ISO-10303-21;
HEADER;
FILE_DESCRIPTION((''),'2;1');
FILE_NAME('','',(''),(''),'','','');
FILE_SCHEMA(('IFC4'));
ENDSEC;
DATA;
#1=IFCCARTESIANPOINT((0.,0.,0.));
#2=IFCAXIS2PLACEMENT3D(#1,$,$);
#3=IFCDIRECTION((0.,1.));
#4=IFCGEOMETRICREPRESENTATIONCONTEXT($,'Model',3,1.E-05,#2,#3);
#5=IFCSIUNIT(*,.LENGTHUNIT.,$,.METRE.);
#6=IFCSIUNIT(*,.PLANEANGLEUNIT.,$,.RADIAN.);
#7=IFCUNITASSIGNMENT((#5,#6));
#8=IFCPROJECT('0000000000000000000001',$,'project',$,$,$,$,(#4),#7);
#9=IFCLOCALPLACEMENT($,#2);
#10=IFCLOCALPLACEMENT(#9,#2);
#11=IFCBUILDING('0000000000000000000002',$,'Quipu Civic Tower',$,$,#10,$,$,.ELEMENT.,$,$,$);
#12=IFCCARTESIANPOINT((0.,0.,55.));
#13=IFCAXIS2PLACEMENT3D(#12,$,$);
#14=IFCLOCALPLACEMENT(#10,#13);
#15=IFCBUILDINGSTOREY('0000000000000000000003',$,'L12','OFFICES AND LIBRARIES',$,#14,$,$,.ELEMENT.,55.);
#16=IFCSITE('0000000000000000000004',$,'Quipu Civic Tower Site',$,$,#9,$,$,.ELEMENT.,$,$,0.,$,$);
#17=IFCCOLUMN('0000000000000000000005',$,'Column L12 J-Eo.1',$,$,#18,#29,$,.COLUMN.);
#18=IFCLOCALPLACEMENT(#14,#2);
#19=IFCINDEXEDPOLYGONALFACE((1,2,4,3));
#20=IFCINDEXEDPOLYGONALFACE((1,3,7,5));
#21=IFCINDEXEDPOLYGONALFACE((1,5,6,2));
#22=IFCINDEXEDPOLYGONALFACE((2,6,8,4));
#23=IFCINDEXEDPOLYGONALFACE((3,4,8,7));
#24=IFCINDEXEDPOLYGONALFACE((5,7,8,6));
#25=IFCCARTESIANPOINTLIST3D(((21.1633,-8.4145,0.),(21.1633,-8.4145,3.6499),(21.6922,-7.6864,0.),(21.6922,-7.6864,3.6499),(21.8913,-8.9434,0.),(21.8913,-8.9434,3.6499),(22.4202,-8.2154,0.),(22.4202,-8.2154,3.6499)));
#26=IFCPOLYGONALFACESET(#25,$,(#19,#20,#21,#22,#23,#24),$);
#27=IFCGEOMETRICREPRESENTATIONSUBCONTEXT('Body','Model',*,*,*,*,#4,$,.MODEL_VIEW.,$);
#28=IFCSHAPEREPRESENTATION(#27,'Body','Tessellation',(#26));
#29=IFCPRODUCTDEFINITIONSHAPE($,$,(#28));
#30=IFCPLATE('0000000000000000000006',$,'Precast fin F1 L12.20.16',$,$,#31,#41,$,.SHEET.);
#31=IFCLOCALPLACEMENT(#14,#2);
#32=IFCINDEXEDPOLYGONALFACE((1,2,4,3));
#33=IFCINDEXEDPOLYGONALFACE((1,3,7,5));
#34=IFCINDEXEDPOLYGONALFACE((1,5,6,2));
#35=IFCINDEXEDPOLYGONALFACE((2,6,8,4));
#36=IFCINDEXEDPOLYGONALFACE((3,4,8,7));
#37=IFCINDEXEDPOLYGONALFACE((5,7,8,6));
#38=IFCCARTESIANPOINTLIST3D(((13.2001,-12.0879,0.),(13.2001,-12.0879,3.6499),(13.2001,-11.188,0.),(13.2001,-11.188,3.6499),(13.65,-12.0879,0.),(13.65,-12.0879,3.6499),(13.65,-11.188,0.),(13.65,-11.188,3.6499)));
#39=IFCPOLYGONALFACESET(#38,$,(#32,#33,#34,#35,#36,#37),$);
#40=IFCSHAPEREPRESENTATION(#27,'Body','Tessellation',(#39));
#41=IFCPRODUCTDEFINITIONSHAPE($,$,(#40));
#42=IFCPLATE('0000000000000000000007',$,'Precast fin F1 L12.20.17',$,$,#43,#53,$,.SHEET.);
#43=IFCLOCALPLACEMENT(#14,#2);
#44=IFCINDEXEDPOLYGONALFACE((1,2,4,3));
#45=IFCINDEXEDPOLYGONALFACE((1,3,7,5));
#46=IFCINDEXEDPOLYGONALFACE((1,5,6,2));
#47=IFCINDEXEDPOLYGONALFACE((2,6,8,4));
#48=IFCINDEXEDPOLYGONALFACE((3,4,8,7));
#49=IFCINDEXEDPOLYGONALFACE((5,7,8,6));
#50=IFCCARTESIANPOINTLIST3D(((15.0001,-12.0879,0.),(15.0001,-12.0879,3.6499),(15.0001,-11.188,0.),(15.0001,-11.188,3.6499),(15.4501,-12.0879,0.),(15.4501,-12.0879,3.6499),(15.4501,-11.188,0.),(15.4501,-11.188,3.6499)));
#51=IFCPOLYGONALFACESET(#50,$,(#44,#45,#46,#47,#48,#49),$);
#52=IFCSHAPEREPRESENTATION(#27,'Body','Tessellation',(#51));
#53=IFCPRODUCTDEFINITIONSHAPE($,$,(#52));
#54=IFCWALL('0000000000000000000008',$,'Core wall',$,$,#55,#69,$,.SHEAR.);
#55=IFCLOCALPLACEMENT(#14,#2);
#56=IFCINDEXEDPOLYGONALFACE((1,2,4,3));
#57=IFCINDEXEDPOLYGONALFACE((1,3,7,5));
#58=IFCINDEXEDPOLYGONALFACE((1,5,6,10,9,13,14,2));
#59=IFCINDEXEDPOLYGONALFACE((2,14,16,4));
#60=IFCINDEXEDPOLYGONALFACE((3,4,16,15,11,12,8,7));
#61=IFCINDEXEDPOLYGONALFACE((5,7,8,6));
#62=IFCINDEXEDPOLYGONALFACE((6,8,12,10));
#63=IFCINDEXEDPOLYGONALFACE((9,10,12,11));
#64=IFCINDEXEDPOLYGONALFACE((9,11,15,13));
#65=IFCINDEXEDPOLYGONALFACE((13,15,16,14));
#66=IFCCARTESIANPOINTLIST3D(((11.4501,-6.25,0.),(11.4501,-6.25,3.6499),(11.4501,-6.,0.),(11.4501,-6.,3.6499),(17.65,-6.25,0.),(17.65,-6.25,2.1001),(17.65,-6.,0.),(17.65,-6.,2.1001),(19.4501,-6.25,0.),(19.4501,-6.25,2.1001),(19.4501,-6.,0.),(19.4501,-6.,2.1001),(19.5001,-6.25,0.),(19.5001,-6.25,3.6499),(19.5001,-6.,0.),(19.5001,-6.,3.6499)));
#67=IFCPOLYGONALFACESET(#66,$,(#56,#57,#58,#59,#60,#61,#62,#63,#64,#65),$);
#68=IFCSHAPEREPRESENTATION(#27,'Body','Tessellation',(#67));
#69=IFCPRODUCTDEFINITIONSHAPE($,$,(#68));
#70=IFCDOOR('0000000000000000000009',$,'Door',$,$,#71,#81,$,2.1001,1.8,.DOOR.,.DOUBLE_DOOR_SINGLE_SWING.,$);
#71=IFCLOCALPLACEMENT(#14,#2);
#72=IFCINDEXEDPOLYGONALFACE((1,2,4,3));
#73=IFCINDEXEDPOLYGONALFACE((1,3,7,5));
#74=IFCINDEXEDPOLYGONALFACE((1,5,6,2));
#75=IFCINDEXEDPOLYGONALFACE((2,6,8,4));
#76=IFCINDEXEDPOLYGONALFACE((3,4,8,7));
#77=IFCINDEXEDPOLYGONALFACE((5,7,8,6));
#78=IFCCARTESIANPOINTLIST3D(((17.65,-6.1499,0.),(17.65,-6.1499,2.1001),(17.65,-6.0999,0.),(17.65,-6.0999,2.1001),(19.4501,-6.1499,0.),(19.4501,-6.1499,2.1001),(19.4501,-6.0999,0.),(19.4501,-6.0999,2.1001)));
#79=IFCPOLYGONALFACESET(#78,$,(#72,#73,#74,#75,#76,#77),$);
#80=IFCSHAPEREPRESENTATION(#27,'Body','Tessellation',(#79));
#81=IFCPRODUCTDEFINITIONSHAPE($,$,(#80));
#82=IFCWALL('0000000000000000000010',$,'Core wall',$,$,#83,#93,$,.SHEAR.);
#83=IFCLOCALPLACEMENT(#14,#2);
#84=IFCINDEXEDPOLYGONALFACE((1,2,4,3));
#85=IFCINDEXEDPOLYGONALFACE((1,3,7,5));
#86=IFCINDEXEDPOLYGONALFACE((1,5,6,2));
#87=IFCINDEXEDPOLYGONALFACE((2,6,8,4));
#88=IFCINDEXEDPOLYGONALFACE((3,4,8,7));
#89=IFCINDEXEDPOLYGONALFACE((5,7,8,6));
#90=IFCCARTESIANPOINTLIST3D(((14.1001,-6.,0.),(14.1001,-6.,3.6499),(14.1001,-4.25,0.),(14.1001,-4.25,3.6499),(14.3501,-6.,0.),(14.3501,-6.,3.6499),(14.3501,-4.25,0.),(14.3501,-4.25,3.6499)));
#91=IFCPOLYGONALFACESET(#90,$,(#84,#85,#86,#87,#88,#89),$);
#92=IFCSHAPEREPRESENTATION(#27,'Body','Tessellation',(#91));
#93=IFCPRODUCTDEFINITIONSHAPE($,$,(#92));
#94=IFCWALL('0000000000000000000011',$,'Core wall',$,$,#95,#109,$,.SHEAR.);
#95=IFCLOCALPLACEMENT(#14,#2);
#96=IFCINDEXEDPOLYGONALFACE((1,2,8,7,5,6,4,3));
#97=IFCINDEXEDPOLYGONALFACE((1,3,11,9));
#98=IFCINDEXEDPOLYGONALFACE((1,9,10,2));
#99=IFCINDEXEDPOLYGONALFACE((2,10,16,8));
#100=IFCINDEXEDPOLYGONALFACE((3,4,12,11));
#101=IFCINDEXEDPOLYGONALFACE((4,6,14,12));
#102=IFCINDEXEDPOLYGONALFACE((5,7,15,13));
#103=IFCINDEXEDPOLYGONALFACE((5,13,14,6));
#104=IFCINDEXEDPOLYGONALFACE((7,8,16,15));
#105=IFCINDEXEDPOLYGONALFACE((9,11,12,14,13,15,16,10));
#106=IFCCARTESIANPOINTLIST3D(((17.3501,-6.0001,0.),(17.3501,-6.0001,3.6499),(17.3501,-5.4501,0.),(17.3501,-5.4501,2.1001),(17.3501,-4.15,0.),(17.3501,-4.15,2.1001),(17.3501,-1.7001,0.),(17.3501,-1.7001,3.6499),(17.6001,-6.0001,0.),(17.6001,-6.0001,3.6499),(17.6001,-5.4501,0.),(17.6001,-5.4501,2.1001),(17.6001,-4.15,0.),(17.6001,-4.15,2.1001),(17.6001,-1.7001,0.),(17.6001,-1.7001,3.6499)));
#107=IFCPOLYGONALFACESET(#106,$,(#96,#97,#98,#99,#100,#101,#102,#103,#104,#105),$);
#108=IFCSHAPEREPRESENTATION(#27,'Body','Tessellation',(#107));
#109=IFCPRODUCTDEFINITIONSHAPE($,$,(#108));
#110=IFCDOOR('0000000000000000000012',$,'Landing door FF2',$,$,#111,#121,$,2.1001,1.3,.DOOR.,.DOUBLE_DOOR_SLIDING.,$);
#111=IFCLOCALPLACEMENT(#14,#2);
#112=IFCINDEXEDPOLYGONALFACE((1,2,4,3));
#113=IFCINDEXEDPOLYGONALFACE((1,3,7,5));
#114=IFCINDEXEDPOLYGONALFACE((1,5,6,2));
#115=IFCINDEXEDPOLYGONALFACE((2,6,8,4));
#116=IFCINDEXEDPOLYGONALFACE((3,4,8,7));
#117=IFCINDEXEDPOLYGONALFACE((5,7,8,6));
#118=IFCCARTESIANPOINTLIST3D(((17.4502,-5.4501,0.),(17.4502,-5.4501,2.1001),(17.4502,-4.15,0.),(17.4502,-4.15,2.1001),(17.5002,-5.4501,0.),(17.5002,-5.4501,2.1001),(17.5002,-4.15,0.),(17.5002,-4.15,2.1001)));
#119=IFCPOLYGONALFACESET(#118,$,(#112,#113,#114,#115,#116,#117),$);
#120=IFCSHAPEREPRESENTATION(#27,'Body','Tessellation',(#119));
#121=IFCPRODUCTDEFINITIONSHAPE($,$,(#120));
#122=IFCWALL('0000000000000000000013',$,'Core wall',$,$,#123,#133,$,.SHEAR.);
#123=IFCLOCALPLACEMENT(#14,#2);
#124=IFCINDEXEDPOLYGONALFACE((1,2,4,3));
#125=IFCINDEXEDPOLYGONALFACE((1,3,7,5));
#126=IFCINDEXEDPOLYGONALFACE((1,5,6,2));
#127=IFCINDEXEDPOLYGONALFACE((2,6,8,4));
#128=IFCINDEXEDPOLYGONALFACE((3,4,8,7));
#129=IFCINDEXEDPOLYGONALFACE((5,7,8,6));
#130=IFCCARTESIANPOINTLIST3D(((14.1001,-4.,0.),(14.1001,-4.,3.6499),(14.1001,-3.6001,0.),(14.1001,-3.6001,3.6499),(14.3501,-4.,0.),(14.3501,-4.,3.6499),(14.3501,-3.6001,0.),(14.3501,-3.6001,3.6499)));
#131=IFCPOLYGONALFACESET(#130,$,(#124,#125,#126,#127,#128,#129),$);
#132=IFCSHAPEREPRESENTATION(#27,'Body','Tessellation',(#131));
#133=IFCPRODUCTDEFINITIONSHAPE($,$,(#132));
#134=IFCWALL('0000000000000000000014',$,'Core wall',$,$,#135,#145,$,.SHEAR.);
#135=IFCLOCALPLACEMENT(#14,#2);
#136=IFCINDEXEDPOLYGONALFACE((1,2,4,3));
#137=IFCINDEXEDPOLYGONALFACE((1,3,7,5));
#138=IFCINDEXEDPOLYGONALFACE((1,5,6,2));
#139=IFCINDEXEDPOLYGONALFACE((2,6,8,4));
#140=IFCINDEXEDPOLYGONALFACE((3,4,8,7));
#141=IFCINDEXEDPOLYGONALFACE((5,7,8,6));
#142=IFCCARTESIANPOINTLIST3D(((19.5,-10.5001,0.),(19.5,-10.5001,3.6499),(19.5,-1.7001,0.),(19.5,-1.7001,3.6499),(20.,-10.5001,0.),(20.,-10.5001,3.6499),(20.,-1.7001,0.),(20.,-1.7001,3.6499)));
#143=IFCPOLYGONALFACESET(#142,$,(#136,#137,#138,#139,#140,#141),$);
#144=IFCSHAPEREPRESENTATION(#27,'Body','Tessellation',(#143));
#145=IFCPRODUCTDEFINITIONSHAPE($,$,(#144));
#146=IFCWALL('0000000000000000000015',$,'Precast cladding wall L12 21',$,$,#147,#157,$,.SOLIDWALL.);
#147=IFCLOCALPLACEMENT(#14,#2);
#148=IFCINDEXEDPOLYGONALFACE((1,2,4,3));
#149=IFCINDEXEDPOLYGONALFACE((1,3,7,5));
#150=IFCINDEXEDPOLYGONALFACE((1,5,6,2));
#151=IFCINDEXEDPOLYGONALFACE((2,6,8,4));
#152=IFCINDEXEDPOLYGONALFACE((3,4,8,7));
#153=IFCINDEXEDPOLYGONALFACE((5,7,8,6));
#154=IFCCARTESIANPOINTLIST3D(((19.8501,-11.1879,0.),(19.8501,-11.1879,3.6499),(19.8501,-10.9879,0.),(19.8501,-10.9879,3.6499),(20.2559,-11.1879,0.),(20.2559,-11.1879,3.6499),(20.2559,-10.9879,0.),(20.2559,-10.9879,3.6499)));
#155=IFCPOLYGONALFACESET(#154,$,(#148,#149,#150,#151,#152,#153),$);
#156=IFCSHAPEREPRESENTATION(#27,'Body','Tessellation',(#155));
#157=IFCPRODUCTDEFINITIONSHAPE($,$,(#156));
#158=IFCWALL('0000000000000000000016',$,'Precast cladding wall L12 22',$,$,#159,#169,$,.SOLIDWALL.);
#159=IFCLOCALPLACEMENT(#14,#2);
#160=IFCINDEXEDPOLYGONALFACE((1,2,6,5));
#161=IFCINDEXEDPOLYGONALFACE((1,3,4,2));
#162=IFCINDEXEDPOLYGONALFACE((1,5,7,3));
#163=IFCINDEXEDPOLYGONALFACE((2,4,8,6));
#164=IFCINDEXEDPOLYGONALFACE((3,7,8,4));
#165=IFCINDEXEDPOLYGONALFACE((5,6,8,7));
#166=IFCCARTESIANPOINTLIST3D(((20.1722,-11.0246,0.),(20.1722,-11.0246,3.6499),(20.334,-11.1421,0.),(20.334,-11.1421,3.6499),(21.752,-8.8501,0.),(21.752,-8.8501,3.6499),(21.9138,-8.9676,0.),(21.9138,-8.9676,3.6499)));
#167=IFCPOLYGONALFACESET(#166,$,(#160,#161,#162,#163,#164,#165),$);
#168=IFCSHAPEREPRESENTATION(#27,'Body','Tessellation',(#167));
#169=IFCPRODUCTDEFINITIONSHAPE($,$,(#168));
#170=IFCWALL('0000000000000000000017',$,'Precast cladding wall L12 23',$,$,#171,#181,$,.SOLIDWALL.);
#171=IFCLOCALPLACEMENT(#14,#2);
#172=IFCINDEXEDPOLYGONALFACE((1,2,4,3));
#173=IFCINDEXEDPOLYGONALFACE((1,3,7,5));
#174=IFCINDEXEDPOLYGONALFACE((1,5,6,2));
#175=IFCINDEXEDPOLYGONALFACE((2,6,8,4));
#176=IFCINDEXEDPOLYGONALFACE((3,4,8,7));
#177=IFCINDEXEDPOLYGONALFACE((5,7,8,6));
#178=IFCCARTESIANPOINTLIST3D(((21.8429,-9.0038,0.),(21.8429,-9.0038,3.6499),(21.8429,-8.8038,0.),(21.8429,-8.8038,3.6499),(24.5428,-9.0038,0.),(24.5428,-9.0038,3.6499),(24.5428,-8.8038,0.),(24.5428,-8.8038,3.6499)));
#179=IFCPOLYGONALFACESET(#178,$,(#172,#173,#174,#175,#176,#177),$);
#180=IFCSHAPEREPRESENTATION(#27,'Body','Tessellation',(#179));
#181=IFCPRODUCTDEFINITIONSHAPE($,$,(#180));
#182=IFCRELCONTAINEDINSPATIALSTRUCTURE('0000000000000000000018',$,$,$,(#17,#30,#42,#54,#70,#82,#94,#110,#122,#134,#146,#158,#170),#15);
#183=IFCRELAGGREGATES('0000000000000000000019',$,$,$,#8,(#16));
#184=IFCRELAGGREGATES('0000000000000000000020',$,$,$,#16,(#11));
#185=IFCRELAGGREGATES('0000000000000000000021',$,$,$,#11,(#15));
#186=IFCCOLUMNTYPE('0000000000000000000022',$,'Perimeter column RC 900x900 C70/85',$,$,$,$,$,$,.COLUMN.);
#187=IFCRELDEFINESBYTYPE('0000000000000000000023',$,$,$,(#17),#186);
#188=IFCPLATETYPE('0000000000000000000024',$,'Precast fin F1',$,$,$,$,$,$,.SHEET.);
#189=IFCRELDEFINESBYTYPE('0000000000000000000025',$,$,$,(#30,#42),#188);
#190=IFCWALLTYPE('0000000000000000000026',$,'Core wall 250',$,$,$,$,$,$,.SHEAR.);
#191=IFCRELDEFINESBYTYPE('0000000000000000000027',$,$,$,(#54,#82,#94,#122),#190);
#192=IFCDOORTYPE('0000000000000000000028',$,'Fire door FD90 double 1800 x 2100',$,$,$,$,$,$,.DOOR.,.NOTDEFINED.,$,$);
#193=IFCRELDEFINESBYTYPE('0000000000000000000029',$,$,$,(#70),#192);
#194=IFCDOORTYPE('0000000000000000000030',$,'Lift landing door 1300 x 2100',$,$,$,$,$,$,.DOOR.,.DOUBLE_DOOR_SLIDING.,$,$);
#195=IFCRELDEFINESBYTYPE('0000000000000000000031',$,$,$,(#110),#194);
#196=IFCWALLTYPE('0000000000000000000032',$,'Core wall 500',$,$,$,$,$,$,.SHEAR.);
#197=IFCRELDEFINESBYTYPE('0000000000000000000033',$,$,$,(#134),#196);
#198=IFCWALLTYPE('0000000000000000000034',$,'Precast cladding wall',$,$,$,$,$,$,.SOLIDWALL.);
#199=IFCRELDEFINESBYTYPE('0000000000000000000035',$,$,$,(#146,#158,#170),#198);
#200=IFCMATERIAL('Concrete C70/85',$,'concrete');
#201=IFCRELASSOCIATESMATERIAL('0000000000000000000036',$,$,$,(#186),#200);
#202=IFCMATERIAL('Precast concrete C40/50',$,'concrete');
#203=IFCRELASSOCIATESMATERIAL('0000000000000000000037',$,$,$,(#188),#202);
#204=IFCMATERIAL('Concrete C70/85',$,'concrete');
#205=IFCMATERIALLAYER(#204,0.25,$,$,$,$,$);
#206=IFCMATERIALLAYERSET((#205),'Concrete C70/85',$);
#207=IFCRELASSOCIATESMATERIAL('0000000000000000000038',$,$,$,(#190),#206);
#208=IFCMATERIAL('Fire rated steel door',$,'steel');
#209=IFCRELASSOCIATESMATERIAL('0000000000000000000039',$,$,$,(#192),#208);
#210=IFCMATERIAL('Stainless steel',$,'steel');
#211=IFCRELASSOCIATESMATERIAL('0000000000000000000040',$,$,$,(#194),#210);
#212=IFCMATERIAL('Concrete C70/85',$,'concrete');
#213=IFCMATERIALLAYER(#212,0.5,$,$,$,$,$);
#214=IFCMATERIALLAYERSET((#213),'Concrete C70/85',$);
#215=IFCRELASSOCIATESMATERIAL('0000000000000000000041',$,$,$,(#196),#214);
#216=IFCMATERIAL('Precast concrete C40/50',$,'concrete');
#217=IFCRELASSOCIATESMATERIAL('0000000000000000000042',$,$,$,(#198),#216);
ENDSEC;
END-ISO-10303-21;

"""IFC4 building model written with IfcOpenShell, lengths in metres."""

from ifc_helpers import new_model, si_unit, direction, frame, frame_2d, origin, origin_2d, place, context, subcontext, project, spatial, rectangle, extrude, material, layer, layer_set, material_profile, profile_set, type_object, element, fill, save


model = new_model("IFC4")

# Units and contexts
model_context = context("Model", 3, precision=1e-05, world=origin(), true_north=direction((0.0, 1.0)))
body_context = subcontext(model_context, "Body", "Model", "MODEL_VIEW")
ifc_project = project(units=[si_unit("LENGTHUNIT", "METRE"), si_unit("PLANEANGLEUNIT", "RADIAN")], contexts=[model_context])

# Site, building, storey
site_placement = place(None, origin())
site = spatial("IfcSite", under=ifc_project, at=site_placement, Name="Quipu Civic Tower Site", CompositionType="ELEMENT", RefElevation=0.0)
building_placement = place(site_placement, origin())
building = spatial("IfcBuilding", under=site, at=building_placement, Name="Quipu Civic Tower", CompositionType="ELEMENT")
storey_placement = place(building_placement, frame((0.0, 0.0, 55.0)))
storey = spatial("IfcBuildingStorey", under=building, at=storey_placement, Name="L12", Description="OFFICES AND LIBRARIES", CompositionType="ELEMENT", Elevation=55.0)

# Column
ifc_material_1 = material(Name="Concrete C70/85", Category="concrete")
ifc_material_profile = material_profile(ifc_material_1, rectangle(XDim=0.8999, YDim=0.8999, at=origin_2d()), Name="RC900x900")
ifc_profile_set = profile_set([ifc_material_profile], Name="Concrete C70/85")
column_type = type_object("IfcColumnType", Name="Perimeter column RC 900x900 C70/85", PredefinedType="COLUMN", material=ifc_profile_set)
column_placement = place(storey_placement, frame((21.7917, -8.3149, 0.0), z_axis=(0.0, 0.0, 1.0), x_axis=(0.587785, 0.809017, 0.0)))
element("IfcColumn", 1, at=column_placement, inside=storey, type_object=column_type, Name="Column L12 J-Eo.1", PredefinedType="COLUMN", context=body_context, shape_type="SweptSolid", body=[
    extrude(rectangle(XDim=0.8999, YDim=0.8999, at=origin_2d()), origin(), (0.0, 0.0, 1.0), 3.6499),
])

# Plates
ifc_material_2 = material(Name="Precast concrete C40/50", Category="concrete")
plate_type = type_object("IfcPlateType", Name="Precast fin F1", PredefinedType="SHEET", material=ifc_material_2)
for number, where, z_axis, x_axis, name in (
    (2, (13.425, -11.6379, 0.0), (0.0, 0.0, 1.0), (1.0, 0.0, 0.0), "Precast fin F1 L12.20.16"),
    (3, (15.2251, -11.6379, 0.0), (0.0, 0.0, 1.0), (1.0, 0.0, 0.0), "Precast fin F1 L12.20.17"),
):
    element("IfcPlate", number, at=place(storey_placement, frame(where, z_axis=z_axis, x_axis=x_axis)), inside=storey, type_object=plate_type, Name=name, PredefinedType="SHEET", context=body_context, shape_type="SweptSolid", body=[
        extrude(rectangle(XDim=0.45, YDim=0.8999, at=origin_2d()), origin(), (0.0, 0.0, 1.0), 3.6499),
    ])

# Wall, opening, door
ifc_material_3 = material(Name="Concrete C70/85", Category="concrete")
ifc_layer_1 = layer(ifc_material_3, 0.25)
ifc_layer_set_1 = layer_set([ifc_layer_1], Name="Concrete C70/85")
wall_type_1 = type_object("IfcWallType", Name="Core wall 250", PredefinedType="SHEAR", material=ifc_layer_set_1)
wall_1_placement = place(storey_placement, frame((19.5, -6.125, 0.0), z_axis=(0.0, 0.0, 1.0), x_axis=(-1.0, 0.0, 0.0)))
wall_1 = element("IfcWall", 4, at=wall_1_placement, inside=storey, type_object=wall_type_1, Name="Core wall", PredefinedType="SHEAR", context=body_context, shape_type="SweptSolid", body=[
    extrude(rectangle(XDim=8.05, YDim=0.25, at=frame_2d((4.0249, 0.0))), origin(), (0.0, 0.0, 1.0), 3.6499),
])
opening_1_placement = place(wall_1_placement, frame((0.05, 0.0, 0.0)))
opening_1 = element("IfcOpeningElement", 5, at=opening_1_placement, cuts=wall_1, PredefinedType="OPENING", context=body_context, shape_type="SweptSolid", body=[
    extrude(rectangle(XDim=1.8, YDim=2.1001, at=frame_2d((0.8999, 1.05))), frame((0.0, 0.135, 0.0), z_axis=(0.0, -1.0, 0.0), x_axis=(1.0, 0.0, 0.0)), (0.0, 0.0, 1.0), 0.27),
])
ifc_material_4 = material(Name="Fire rated steel door", Category="steel")
door_type_1 = type_object("IfcDoorType", Name="Fire door FD90 double 1800 x 2100", OperationType="NOTDEFINED", PredefinedType="DOOR", material=ifc_material_4)
door_1_placement = place(opening_1_placement, origin())
door_1 = element("IfcDoor", 6, at=door_1_placement, inside=storey, type_object=door_type_1, Name="Door", OperationType="DOUBLE_DOOR_SINGLE_SWING", OverallHeight=2.1001, OverallWidth=1.8, PredefinedType="DOOR", context=body_context, shape_type="SweptSolid", body=[
    extrude(rectangle(XDim=1.8, YDim=2.1001, at=frame_2d((0.8999, 1.05))), frame((0.0, 0.0249, 0.0), z_axis=(0.0, -1.0, 0.0), x_axis=(1.0, 0.0, 0.0)), (0.0, 0.0, 1.0), 0.05),
])
fill(opening_1, door_1)

# Wall
wall_2_placement = place(storey_placement, frame((14.2251, -6.0, 0.0), z_axis=(0.0, 0.0, 1.0), x_axis=(0.0, 1.0, 0.0)))
element("IfcWall", 7, at=wall_2_placement, inside=storey, type_object=wall_type_1, Name="Core wall", PredefinedType="SHEAR", context=body_context, shape_type="SweptSolid", body=[
    extrude(rectangle(XDim=1.75, YDim=0.25, at=frame_2d((0.875, 0.0))), origin(), (0.0, 0.0, 1.0), 3.6499),
])

# Wall, opening, door
wall_3_placement = place(storey_placement, frame((17.4751, -6.0, 0.0), z_axis=(0.0, 0.0, 1.0), x_axis=(0.0, 1.0, 0.0)))
wall_3 = element("IfcWall", 8, at=wall_3_placement, inside=storey, type_object=wall_type_1, Name="Core wall", PredefinedType="SHEAR", context=body_context, shape_type="SweptSolid", body=[
    extrude(rectangle(XDim=4.3, YDim=0.25, at=frame_2d((2.1499, 0.0))), origin(), (0.0, 0.0, 1.0), 3.6499),
])
opening_2_placement = place(wall_3_placement, frame((0.55, 0.0, 0.0)))
opening_2 = element("IfcOpeningElement", 9, at=opening_2_placement, cuts=wall_3, PredefinedType="OPENING", context=body_context, shape_type="SweptSolid", body=[
    extrude(rectangle(XDim=1.3, YDim=2.1001, at=frame_2d((0.6499, 1.05))), frame((0.0, 0.135, 0.0), z_axis=(0.0, -1.0, 0.0), x_axis=(1.0, 0.0, 0.0)), (0.0, 0.0, 1.0), 0.27),
])
ifc_material_5 = material(Name="Stainless steel", Category="steel")
door_type_2 = type_object("IfcDoorType", Name="Lift landing door 1300 x 2100", OperationType="DOUBLE_DOOR_SLIDING", PredefinedType="DOOR", material=ifc_material_5)
door_2_placement = place(opening_2_placement, origin())
door_2 = element("IfcDoor", 10, at=door_2_placement, inside=storey, type_object=door_type_2, Name="Landing door FF2", OperationType="DOUBLE_DOOR_SLIDING", OverallHeight=2.1001, OverallWidth=1.3, PredefinedType="DOOR", context=body_context, shape_type="SweptSolid", body=[
    extrude(rectangle(XDim=1.3, YDim=2.1001, at=frame_2d((0.6499, 1.05))), frame((0.0, 0.0249, 0.0), z_axis=(0.0, -1.0, 0.0), x_axis=(1.0, 0.0, 0.0)), (0.0, 0.0, 1.0), 0.05),
])
fill(opening_2, door_2)

# Walls
wall_4_placement = place(storey_placement, frame((14.2251, -4.0, 0.0), z_axis=(0.0, 0.0, 1.0), x_axis=(0.0, 1.0, 0.0)))
element("IfcWall", 11, at=wall_4_placement, inside=storey, type_object=wall_type_1, Name="Core wall", PredefinedType="SHEAR", context=body_context, shape_type="SweptSolid", body=[
    extrude(rectangle(XDim=0.3999, YDim=0.25, at=frame_2d((0.2, 0.0))), origin(), (0.0, 0.0, 1.0), 3.6499),
])
ifc_material_6 = material(Name="Concrete C70/85", Category="concrete")
ifc_layer_2 = layer(ifc_material_6, 0.5)
ifc_layer_set_2 = layer_set([ifc_layer_2], Name="Concrete C70/85")
wall_type_2 = type_object("IfcWallType", Name="Core wall 500", PredefinedType="SHEAR", material=ifc_layer_set_2)
wall_5_placement = place(storey_placement, frame((19.75, -10.5, 0.0), z_axis=(0.0, 0.0, 1.0), x_axis=(0.0, 1.0, 0.0)))
element("IfcWall", 12, at=wall_5_placement, inside=storey, type_object=wall_type_2, Name="Core wall", PredefinedType="SHEAR", context=body_context, shape_type="SweptSolid", body=[
    extrude(rectangle(XDim=8.8, YDim=0.5, at=frame_2d((4.3999, 0.0))), origin(), (0.0, 0.0, 1.0), 3.6499),
])
ifc_material_7 = material(Name="Precast concrete C40/50", Category="concrete")
wall_type_3 = type_object("IfcWallType", Name="Precast cladding wall", PredefinedType="SOLIDWALL", material=ifc_material_7)
wall_6_placement = place(storey_placement, frame((19.8501, -11.0879, 0.0), z_axis=(0.0, 0.0, 1.0), x_axis=(1.0, 0.0, 0.0)))
element("IfcWall", 13, at=wall_6_placement, inside=storey, type_object=wall_type_3, Name="Precast cladding wall L12 21", PredefinedType="SOLIDWALL", context=body_context, shape_type="SweptSolid", body=[
    extrude(rectangle(XDim=0.4058, YDim=0.2, at=frame_2d((0.2029, 0.0))), origin(), (0.0, 0.0, 1.0), 3.6499),
])
wall_7_placement = place(storey_placement, frame((20.2532, -11.0833, 0.0), z_axis=(0.0, 0.0, 1.0), x_axis=(0.587767, 0.809031, 0.0)))
element("IfcWall", 14, at=wall_7_placement, inside=storey, type_object=wall_type_3, Name="Precast cladding wall L12 22", PredefinedType="SOLIDWALL", context=body_context, shape_type="SweptSolid", body=[
    extrude(rectangle(XDim=2.6877, YDim=0.2, at=frame_2d((1.3438, 0.0))), origin(), (0.0, 0.0, 1.0), 3.6499),
])
wall_8_placement = place(storey_placement, frame((21.8428, -8.9038, 0.0), z_axis=(0.0, 0.0, 1.0), x_axis=(1.0, 0.0, 0.0)))
element("IfcWall", 15, at=wall_8_placement, inside=storey, type_object=wall_type_3, Name="Precast cladding wall L12 23", PredefinedType="SOLIDWALL", context=body_context, shape_type="SweptSolid", body=[
    extrude(rectangle(XDim=2.7, YDim=0.2, at=frame_2d((1.3501, 0.0))), origin(), (0.0, 0.0, 1.0), 3.6499),
])

save(model, "model.ifc")
